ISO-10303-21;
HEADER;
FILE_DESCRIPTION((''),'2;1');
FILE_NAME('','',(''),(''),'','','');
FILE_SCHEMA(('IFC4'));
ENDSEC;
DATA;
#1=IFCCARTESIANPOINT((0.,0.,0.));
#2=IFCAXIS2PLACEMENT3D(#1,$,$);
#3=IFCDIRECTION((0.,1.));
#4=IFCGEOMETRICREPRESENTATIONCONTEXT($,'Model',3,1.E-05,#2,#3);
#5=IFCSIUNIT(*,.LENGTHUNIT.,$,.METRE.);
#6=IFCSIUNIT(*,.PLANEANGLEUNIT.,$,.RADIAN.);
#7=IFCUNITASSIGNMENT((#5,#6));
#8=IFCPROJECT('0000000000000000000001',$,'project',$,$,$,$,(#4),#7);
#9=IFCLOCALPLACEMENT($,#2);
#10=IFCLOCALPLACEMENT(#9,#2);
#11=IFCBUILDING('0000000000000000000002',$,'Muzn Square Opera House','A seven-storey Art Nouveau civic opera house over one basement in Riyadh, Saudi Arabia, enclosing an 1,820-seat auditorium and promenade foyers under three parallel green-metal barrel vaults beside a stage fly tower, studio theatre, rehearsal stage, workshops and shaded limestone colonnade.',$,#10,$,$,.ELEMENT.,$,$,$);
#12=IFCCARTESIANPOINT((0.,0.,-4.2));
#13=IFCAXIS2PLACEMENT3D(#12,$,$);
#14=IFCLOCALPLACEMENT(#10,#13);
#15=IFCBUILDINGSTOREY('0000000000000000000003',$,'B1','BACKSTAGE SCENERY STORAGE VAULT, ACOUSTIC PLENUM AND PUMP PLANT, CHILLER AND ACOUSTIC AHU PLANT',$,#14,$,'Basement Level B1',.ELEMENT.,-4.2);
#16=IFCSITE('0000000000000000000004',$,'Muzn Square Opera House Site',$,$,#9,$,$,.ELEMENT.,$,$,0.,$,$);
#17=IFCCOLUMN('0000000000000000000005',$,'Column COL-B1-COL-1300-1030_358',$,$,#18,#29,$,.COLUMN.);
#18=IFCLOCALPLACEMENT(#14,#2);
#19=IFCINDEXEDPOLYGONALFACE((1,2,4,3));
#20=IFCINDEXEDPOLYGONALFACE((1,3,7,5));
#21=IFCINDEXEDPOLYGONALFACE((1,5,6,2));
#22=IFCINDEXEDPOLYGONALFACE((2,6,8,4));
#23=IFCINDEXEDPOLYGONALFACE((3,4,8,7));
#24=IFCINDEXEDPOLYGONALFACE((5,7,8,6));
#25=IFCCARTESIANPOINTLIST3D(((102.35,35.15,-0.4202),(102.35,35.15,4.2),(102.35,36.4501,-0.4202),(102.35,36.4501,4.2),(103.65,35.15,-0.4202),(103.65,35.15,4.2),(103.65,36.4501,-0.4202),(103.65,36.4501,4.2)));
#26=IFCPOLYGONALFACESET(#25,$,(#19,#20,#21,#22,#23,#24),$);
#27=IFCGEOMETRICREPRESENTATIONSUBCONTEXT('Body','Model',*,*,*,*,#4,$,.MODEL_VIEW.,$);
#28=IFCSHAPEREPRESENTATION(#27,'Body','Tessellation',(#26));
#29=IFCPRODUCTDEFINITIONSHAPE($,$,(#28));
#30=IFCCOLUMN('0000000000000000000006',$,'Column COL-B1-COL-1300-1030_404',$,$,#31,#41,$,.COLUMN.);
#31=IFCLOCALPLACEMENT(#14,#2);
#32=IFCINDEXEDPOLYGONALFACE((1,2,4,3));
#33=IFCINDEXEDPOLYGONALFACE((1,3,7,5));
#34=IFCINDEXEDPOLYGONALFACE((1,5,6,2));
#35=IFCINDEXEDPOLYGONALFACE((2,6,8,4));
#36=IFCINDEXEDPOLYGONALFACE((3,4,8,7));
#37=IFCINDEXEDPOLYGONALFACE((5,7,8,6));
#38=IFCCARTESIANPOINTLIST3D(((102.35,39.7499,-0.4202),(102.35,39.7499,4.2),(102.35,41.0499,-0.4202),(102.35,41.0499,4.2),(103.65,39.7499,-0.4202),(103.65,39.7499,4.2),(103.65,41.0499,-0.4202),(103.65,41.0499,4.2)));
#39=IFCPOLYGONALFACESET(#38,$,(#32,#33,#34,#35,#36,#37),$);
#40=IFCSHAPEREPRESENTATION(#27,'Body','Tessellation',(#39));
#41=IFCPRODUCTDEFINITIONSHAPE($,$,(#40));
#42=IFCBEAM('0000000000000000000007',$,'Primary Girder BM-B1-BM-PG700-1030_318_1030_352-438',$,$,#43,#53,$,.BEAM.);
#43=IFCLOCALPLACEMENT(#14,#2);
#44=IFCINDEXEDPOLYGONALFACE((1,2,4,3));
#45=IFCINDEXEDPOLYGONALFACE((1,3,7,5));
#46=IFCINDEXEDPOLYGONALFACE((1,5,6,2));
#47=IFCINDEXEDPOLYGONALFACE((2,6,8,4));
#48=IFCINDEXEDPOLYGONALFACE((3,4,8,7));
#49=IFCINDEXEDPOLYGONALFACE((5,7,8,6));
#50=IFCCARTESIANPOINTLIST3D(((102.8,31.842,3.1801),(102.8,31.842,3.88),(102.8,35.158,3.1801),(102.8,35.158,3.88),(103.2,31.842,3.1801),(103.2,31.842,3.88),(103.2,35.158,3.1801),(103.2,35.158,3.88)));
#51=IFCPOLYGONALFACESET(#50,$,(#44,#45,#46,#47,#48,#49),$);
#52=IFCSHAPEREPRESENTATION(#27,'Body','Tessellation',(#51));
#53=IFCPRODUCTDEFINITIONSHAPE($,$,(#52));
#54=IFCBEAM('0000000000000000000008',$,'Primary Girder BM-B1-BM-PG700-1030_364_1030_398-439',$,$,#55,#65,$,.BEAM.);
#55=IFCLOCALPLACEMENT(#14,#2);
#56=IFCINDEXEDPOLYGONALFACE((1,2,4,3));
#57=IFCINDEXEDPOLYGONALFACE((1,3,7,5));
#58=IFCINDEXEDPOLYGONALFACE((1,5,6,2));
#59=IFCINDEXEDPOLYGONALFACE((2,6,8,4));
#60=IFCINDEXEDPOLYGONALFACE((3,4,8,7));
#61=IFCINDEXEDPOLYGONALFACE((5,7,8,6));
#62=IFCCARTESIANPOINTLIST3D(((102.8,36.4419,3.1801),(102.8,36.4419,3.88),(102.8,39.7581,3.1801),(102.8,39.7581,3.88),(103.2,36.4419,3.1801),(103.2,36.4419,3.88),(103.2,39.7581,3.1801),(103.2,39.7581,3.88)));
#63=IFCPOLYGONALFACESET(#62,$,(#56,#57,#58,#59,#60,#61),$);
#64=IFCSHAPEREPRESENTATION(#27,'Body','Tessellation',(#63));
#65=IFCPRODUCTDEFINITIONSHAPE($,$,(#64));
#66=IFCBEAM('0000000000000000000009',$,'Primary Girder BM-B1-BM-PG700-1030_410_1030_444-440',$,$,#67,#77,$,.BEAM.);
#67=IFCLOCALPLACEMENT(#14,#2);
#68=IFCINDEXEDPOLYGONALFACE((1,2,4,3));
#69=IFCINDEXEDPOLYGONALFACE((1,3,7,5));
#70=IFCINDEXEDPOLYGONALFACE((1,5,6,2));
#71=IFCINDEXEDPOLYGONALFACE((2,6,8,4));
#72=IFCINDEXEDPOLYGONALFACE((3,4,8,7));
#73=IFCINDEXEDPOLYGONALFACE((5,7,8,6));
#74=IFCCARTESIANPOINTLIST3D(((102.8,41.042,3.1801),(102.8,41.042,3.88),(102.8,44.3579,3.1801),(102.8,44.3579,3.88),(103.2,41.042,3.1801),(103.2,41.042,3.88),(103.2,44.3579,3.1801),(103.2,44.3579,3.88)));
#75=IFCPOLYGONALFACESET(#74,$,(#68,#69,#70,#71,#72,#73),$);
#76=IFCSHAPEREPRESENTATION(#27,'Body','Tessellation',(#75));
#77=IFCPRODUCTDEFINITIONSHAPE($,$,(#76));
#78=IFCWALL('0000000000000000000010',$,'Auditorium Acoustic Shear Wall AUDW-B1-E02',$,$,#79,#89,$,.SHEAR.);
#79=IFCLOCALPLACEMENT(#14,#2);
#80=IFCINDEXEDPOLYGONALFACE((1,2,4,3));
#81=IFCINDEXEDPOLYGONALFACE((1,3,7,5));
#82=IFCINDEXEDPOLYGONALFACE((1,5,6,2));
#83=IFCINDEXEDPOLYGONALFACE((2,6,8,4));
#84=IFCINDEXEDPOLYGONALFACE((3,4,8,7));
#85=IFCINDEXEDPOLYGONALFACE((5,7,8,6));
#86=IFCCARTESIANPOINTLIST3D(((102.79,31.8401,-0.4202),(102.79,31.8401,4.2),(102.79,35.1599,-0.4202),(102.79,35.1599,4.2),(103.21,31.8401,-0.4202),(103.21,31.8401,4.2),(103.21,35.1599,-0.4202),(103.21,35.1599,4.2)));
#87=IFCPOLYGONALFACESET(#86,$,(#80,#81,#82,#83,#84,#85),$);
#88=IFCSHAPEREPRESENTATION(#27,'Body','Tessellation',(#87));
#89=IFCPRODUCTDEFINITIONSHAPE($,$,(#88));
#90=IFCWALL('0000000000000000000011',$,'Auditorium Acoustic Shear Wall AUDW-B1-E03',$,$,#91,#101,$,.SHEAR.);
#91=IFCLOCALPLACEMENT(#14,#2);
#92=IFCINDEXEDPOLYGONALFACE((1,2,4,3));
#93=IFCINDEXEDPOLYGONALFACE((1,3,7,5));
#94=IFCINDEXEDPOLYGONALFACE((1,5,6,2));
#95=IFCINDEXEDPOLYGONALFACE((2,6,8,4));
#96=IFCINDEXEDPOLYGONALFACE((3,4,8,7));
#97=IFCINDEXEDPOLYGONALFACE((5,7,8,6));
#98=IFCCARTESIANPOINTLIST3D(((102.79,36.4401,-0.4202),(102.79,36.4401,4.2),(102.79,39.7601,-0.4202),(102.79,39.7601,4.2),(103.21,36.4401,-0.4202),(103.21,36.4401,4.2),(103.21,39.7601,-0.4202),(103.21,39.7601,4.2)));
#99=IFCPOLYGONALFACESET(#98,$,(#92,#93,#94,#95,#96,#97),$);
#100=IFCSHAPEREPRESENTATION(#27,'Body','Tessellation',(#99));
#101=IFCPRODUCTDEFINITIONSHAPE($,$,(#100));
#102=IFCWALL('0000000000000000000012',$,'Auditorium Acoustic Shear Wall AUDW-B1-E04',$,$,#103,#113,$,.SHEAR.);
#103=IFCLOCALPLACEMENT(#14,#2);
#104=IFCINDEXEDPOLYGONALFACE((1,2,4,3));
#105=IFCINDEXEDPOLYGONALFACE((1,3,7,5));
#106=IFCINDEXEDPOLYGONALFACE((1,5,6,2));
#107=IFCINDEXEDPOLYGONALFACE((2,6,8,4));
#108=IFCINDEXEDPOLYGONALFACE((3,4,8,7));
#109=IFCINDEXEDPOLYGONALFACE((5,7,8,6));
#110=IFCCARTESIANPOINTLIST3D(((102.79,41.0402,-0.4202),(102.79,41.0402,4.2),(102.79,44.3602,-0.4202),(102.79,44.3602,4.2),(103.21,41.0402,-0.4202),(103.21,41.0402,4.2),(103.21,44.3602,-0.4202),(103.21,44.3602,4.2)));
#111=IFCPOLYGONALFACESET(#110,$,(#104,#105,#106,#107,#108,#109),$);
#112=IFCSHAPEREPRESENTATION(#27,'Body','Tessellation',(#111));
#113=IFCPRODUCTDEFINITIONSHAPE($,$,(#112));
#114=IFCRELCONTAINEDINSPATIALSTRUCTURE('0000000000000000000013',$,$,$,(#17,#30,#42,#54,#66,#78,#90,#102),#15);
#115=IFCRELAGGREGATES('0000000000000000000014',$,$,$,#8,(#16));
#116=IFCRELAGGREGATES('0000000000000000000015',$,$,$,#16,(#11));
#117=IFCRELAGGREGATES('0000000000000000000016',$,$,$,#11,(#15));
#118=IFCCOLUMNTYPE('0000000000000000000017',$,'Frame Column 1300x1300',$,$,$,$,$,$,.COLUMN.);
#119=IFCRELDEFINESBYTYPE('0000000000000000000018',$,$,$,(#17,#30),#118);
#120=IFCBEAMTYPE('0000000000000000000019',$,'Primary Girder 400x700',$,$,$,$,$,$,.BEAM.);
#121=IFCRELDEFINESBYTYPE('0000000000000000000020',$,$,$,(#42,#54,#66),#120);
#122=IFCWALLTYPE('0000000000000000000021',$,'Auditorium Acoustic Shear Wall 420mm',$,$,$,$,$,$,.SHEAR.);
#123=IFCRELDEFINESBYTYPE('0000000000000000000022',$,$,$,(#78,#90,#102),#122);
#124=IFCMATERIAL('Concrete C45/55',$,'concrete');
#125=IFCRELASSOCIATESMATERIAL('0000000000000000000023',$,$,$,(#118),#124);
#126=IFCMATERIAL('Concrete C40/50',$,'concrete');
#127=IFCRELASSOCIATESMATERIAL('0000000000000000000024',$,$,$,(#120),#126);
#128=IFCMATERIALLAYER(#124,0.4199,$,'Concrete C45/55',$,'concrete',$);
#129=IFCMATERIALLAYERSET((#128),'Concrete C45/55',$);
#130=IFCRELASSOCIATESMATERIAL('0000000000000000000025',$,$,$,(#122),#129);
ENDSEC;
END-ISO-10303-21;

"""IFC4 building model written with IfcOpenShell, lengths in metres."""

from ifc_helpers import new_model, si_unit, direction, frame, frame_2d, origin, origin_2d, place, context, subcontext, project, spatial, rectangle, extrude, material, layer, layer_set, material_profile, profile_set, type_object, element, save


model = new_model("IFC4")

# Units and contexts
model_context = context("Model", 3, precision=1e-05, world=origin(), true_north=direction((0.0, 1.0)))
body_context = subcontext(model_context, "Body", "Model", "MODEL_VIEW")
ifc_project = project(units=[si_unit("LENGTHUNIT", "METRE"), si_unit("PLANEANGLEUNIT", "RADIAN")], contexts=[model_context])

# Site, building, storey
site_placement = place(None, origin())
site = spatial("IfcSite", under=ifc_project, at=site_placement, Name="Muzn Square Opera House Site", CompositionType="ELEMENT", RefElevation=0.0)
building_placement = place(site_placement, origin())
building = spatial("IfcBuilding", under=site, at=building_placement, Name="Muzn Square Opera House", Description="A seven-storey Art Nouveau civic opera house over one basement in Riyadh, Saudi Arabia, enclosing an 1,820-seat auditorium and promenade foyers under three parallel green-metal barrel vaults beside a stage fly tower, studio theatre, rehearsal stage, workshops and shaded limestone colonnade.", CompositionType="ELEMENT")
storey_placement = place(building_placement, frame((0.0, 0.0, -4.2)))
storey = spatial("IfcBuildingStorey", under=building, at=storey_placement, Name="B1", Description="BACKSTAGE SCENERY STORAGE VAULT, ACOUSTIC PLENUM AND PUMP PLANT, CHILLER AND ACOUSTIC AHU PLANT", LongName="Basement Level B1", CompositionType="ELEMENT", Elevation=-4.2)

# Shared definitions
ifc_material_1 = material(Name="Concrete C40/50", Category="concrete")

# Columns
ifc_material_2 = material(Name="Concrete C45/55", Category="concrete")
ifc_material_profile_1 = material_profile(ifc_material_2, rectangle(XDim=1.3, YDim=1.3, at=origin_2d()), Name="RC 1300x1300", Category="concrete")
ifc_profile_set_1 = profile_set([ifc_material_profile_1], Name="Concrete C45/55")
column_type = type_object("IfcColumnType", Name="Frame Column 1300x1300", PredefinedType="COLUMN", material=ifc_profile_set_1)
for number, where, z_axis, x_axis, name in (
    (1, (103.0, 35.8, -0.4202), (0.0, 0.0, 1.0), (1.0, 0.0, 0.0), "Column COL-B1-COL-1300-1030_358"),
    (2, (103.0, 40.3999, -0.4202), (0.0, 0.0, 1.0), (1.0, 0.0, 0.0), "Column COL-B1-COL-1300-1030_404"),
):
    element("IfcColumn", number, at=place(storey_placement, frame(where, z_axis=z_axis, x_axis=x_axis)), inside=storey, type_object=column_type, Name=name, PredefinedType="COLUMN", context=body_context, shape_type="SweptSolid", body=[
        extrude(rectangle(XDim=1.3, YDim=1.3, at=origin_2d()), origin(), (0.0, 0.0, 1.0), 4.6201),
    ])

# Beams
ifc_material_profile_2 = material_profile(ifc_material_1, rectangle(XDim=0.3999, YDim=0.7, at=origin_2d()), Name="RCB 400x700", Category="concrete")
ifc_profile_set_2 = profile_set([ifc_material_profile_2], Name="Concrete C40/50")
beam_type = type_object("IfcBeamType", Name="Primary Girder 400x700", PredefinedType="BEAM", material=ifc_profile_set_2)
beam_1_placement = place(storey_placement, frame((103.0, 31.842, 3.53), z_axis=(0.0, 1.0, 0.0), x_axis=(-1.0, 0.0, 0.0)))
element("IfcBeam", 3, at=beam_1_placement, inside=storey, type_object=beam_type, Name="Primary Girder BM-B1-BM-PG700-1030_318_1030_352-438", PredefinedType="BEAM", context=body_context, shape_type="SweptSolid", body=[
    extrude(rectangle(XDim=0.3999, YDim=0.7, at=origin_2d()), origin(), (0.0, 0.0, 1.0), 3.3159),
])
beam_2_placement = place(storey_placement, frame((103.0, 36.4419, 3.53), z_axis=(0.0, 1.0, 0.0), x_axis=(-1.0, 0.0, 0.0)))
element("IfcBeam", 4, at=beam_2_placement, inside=storey, type_object=beam_type, Name="Primary Girder BM-B1-BM-PG700-1030_364_1030_398-439", PredefinedType="BEAM", context=body_context, shape_type="SweptSolid", body=[
    extrude(rectangle(XDim=0.3999, YDim=0.7, at=origin_2d()), origin(), (0.0, 0.0, 1.0), 3.3162),
])
beam_3_placement = place(storey_placement, frame((103.0, 41.042, 3.53), z_axis=(0.0, 1.0, 0.0), x_axis=(-1.0, 0.0, 0.0)))
element("IfcBeam", 5, at=beam_3_placement, inside=storey, type_object=beam_type, Name="Primary Girder BM-B1-BM-PG700-1030_410_1030_444-440", PredefinedType="BEAM", context=body_context, shape_type="SweptSolid", body=[
    extrude(rectangle(XDim=0.3999, YDim=0.7, at=origin_2d()), origin(), (0.0, 0.0, 1.0), 3.3159),
])

# Walls
ifc_layer = layer(ifc_material_2, 0.4199, Name="Concrete C45/55", Category="concrete")
ifc_layer_set = layer_set([ifc_layer], Name="Concrete C45/55")
wall_type = type_object("IfcWallType", Name="Auditorium Acoustic Shear Wall 420mm", PredefinedType="SHEAR", material=ifc_layer_set)
wall_placement = place(storey_placement, frame((103.0, 31.8401, -0.4202), z_axis=(0.0, 0.0, 1.0), x_axis=(0.0, 1.0, 0.0)))
element("IfcWall", 6, at=wall_placement, inside=storey, type_object=wall_type, Name="Auditorium Acoustic Shear Wall AUDW-B1-E02", PredefinedType="SHEAR", context=body_context, shape_type="SweptSolid", body=[
    extrude(rectangle(XDim=3.3198, YDim=0.4199, at=frame_2d((1.6599, 0.0))), origin(), (0.0, 0.0, 1.0), 4.6201),
])
for number, where, z_axis, x_axis, name in (
    (7, (103.0, 36.4399, -0.4202), (0.0, 0.0, 1.0), (0.0, 1.0, 0.0), "Auditorium Acoustic Shear Wall AUDW-B1-E03"),
    (8, (103.0, 41.04, -0.4202), (0.0, 0.0, 1.0), (0.0, 1.0, 0.0), "Auditorium Acoustic Shear Wall AUDW-B1-E04"),
):
    element("IfcWall", number, at=place(storey_placement, frame(where, z_axis=z_axis, x_axis=x_axis)), inside=storey, type_object=wall_type, Name=name, PredefinedType="SHEAR", context=body_context, shape_type="SweptSolid", body=[
        extrude(rectangle(XDim=3.3201, YDim=0.4199, at=frame_2d((1.6602, 0.0))), origin(), (0.0, 0.0, 1.0), 4.6201),
    ])

save(model, "model.ifc")
